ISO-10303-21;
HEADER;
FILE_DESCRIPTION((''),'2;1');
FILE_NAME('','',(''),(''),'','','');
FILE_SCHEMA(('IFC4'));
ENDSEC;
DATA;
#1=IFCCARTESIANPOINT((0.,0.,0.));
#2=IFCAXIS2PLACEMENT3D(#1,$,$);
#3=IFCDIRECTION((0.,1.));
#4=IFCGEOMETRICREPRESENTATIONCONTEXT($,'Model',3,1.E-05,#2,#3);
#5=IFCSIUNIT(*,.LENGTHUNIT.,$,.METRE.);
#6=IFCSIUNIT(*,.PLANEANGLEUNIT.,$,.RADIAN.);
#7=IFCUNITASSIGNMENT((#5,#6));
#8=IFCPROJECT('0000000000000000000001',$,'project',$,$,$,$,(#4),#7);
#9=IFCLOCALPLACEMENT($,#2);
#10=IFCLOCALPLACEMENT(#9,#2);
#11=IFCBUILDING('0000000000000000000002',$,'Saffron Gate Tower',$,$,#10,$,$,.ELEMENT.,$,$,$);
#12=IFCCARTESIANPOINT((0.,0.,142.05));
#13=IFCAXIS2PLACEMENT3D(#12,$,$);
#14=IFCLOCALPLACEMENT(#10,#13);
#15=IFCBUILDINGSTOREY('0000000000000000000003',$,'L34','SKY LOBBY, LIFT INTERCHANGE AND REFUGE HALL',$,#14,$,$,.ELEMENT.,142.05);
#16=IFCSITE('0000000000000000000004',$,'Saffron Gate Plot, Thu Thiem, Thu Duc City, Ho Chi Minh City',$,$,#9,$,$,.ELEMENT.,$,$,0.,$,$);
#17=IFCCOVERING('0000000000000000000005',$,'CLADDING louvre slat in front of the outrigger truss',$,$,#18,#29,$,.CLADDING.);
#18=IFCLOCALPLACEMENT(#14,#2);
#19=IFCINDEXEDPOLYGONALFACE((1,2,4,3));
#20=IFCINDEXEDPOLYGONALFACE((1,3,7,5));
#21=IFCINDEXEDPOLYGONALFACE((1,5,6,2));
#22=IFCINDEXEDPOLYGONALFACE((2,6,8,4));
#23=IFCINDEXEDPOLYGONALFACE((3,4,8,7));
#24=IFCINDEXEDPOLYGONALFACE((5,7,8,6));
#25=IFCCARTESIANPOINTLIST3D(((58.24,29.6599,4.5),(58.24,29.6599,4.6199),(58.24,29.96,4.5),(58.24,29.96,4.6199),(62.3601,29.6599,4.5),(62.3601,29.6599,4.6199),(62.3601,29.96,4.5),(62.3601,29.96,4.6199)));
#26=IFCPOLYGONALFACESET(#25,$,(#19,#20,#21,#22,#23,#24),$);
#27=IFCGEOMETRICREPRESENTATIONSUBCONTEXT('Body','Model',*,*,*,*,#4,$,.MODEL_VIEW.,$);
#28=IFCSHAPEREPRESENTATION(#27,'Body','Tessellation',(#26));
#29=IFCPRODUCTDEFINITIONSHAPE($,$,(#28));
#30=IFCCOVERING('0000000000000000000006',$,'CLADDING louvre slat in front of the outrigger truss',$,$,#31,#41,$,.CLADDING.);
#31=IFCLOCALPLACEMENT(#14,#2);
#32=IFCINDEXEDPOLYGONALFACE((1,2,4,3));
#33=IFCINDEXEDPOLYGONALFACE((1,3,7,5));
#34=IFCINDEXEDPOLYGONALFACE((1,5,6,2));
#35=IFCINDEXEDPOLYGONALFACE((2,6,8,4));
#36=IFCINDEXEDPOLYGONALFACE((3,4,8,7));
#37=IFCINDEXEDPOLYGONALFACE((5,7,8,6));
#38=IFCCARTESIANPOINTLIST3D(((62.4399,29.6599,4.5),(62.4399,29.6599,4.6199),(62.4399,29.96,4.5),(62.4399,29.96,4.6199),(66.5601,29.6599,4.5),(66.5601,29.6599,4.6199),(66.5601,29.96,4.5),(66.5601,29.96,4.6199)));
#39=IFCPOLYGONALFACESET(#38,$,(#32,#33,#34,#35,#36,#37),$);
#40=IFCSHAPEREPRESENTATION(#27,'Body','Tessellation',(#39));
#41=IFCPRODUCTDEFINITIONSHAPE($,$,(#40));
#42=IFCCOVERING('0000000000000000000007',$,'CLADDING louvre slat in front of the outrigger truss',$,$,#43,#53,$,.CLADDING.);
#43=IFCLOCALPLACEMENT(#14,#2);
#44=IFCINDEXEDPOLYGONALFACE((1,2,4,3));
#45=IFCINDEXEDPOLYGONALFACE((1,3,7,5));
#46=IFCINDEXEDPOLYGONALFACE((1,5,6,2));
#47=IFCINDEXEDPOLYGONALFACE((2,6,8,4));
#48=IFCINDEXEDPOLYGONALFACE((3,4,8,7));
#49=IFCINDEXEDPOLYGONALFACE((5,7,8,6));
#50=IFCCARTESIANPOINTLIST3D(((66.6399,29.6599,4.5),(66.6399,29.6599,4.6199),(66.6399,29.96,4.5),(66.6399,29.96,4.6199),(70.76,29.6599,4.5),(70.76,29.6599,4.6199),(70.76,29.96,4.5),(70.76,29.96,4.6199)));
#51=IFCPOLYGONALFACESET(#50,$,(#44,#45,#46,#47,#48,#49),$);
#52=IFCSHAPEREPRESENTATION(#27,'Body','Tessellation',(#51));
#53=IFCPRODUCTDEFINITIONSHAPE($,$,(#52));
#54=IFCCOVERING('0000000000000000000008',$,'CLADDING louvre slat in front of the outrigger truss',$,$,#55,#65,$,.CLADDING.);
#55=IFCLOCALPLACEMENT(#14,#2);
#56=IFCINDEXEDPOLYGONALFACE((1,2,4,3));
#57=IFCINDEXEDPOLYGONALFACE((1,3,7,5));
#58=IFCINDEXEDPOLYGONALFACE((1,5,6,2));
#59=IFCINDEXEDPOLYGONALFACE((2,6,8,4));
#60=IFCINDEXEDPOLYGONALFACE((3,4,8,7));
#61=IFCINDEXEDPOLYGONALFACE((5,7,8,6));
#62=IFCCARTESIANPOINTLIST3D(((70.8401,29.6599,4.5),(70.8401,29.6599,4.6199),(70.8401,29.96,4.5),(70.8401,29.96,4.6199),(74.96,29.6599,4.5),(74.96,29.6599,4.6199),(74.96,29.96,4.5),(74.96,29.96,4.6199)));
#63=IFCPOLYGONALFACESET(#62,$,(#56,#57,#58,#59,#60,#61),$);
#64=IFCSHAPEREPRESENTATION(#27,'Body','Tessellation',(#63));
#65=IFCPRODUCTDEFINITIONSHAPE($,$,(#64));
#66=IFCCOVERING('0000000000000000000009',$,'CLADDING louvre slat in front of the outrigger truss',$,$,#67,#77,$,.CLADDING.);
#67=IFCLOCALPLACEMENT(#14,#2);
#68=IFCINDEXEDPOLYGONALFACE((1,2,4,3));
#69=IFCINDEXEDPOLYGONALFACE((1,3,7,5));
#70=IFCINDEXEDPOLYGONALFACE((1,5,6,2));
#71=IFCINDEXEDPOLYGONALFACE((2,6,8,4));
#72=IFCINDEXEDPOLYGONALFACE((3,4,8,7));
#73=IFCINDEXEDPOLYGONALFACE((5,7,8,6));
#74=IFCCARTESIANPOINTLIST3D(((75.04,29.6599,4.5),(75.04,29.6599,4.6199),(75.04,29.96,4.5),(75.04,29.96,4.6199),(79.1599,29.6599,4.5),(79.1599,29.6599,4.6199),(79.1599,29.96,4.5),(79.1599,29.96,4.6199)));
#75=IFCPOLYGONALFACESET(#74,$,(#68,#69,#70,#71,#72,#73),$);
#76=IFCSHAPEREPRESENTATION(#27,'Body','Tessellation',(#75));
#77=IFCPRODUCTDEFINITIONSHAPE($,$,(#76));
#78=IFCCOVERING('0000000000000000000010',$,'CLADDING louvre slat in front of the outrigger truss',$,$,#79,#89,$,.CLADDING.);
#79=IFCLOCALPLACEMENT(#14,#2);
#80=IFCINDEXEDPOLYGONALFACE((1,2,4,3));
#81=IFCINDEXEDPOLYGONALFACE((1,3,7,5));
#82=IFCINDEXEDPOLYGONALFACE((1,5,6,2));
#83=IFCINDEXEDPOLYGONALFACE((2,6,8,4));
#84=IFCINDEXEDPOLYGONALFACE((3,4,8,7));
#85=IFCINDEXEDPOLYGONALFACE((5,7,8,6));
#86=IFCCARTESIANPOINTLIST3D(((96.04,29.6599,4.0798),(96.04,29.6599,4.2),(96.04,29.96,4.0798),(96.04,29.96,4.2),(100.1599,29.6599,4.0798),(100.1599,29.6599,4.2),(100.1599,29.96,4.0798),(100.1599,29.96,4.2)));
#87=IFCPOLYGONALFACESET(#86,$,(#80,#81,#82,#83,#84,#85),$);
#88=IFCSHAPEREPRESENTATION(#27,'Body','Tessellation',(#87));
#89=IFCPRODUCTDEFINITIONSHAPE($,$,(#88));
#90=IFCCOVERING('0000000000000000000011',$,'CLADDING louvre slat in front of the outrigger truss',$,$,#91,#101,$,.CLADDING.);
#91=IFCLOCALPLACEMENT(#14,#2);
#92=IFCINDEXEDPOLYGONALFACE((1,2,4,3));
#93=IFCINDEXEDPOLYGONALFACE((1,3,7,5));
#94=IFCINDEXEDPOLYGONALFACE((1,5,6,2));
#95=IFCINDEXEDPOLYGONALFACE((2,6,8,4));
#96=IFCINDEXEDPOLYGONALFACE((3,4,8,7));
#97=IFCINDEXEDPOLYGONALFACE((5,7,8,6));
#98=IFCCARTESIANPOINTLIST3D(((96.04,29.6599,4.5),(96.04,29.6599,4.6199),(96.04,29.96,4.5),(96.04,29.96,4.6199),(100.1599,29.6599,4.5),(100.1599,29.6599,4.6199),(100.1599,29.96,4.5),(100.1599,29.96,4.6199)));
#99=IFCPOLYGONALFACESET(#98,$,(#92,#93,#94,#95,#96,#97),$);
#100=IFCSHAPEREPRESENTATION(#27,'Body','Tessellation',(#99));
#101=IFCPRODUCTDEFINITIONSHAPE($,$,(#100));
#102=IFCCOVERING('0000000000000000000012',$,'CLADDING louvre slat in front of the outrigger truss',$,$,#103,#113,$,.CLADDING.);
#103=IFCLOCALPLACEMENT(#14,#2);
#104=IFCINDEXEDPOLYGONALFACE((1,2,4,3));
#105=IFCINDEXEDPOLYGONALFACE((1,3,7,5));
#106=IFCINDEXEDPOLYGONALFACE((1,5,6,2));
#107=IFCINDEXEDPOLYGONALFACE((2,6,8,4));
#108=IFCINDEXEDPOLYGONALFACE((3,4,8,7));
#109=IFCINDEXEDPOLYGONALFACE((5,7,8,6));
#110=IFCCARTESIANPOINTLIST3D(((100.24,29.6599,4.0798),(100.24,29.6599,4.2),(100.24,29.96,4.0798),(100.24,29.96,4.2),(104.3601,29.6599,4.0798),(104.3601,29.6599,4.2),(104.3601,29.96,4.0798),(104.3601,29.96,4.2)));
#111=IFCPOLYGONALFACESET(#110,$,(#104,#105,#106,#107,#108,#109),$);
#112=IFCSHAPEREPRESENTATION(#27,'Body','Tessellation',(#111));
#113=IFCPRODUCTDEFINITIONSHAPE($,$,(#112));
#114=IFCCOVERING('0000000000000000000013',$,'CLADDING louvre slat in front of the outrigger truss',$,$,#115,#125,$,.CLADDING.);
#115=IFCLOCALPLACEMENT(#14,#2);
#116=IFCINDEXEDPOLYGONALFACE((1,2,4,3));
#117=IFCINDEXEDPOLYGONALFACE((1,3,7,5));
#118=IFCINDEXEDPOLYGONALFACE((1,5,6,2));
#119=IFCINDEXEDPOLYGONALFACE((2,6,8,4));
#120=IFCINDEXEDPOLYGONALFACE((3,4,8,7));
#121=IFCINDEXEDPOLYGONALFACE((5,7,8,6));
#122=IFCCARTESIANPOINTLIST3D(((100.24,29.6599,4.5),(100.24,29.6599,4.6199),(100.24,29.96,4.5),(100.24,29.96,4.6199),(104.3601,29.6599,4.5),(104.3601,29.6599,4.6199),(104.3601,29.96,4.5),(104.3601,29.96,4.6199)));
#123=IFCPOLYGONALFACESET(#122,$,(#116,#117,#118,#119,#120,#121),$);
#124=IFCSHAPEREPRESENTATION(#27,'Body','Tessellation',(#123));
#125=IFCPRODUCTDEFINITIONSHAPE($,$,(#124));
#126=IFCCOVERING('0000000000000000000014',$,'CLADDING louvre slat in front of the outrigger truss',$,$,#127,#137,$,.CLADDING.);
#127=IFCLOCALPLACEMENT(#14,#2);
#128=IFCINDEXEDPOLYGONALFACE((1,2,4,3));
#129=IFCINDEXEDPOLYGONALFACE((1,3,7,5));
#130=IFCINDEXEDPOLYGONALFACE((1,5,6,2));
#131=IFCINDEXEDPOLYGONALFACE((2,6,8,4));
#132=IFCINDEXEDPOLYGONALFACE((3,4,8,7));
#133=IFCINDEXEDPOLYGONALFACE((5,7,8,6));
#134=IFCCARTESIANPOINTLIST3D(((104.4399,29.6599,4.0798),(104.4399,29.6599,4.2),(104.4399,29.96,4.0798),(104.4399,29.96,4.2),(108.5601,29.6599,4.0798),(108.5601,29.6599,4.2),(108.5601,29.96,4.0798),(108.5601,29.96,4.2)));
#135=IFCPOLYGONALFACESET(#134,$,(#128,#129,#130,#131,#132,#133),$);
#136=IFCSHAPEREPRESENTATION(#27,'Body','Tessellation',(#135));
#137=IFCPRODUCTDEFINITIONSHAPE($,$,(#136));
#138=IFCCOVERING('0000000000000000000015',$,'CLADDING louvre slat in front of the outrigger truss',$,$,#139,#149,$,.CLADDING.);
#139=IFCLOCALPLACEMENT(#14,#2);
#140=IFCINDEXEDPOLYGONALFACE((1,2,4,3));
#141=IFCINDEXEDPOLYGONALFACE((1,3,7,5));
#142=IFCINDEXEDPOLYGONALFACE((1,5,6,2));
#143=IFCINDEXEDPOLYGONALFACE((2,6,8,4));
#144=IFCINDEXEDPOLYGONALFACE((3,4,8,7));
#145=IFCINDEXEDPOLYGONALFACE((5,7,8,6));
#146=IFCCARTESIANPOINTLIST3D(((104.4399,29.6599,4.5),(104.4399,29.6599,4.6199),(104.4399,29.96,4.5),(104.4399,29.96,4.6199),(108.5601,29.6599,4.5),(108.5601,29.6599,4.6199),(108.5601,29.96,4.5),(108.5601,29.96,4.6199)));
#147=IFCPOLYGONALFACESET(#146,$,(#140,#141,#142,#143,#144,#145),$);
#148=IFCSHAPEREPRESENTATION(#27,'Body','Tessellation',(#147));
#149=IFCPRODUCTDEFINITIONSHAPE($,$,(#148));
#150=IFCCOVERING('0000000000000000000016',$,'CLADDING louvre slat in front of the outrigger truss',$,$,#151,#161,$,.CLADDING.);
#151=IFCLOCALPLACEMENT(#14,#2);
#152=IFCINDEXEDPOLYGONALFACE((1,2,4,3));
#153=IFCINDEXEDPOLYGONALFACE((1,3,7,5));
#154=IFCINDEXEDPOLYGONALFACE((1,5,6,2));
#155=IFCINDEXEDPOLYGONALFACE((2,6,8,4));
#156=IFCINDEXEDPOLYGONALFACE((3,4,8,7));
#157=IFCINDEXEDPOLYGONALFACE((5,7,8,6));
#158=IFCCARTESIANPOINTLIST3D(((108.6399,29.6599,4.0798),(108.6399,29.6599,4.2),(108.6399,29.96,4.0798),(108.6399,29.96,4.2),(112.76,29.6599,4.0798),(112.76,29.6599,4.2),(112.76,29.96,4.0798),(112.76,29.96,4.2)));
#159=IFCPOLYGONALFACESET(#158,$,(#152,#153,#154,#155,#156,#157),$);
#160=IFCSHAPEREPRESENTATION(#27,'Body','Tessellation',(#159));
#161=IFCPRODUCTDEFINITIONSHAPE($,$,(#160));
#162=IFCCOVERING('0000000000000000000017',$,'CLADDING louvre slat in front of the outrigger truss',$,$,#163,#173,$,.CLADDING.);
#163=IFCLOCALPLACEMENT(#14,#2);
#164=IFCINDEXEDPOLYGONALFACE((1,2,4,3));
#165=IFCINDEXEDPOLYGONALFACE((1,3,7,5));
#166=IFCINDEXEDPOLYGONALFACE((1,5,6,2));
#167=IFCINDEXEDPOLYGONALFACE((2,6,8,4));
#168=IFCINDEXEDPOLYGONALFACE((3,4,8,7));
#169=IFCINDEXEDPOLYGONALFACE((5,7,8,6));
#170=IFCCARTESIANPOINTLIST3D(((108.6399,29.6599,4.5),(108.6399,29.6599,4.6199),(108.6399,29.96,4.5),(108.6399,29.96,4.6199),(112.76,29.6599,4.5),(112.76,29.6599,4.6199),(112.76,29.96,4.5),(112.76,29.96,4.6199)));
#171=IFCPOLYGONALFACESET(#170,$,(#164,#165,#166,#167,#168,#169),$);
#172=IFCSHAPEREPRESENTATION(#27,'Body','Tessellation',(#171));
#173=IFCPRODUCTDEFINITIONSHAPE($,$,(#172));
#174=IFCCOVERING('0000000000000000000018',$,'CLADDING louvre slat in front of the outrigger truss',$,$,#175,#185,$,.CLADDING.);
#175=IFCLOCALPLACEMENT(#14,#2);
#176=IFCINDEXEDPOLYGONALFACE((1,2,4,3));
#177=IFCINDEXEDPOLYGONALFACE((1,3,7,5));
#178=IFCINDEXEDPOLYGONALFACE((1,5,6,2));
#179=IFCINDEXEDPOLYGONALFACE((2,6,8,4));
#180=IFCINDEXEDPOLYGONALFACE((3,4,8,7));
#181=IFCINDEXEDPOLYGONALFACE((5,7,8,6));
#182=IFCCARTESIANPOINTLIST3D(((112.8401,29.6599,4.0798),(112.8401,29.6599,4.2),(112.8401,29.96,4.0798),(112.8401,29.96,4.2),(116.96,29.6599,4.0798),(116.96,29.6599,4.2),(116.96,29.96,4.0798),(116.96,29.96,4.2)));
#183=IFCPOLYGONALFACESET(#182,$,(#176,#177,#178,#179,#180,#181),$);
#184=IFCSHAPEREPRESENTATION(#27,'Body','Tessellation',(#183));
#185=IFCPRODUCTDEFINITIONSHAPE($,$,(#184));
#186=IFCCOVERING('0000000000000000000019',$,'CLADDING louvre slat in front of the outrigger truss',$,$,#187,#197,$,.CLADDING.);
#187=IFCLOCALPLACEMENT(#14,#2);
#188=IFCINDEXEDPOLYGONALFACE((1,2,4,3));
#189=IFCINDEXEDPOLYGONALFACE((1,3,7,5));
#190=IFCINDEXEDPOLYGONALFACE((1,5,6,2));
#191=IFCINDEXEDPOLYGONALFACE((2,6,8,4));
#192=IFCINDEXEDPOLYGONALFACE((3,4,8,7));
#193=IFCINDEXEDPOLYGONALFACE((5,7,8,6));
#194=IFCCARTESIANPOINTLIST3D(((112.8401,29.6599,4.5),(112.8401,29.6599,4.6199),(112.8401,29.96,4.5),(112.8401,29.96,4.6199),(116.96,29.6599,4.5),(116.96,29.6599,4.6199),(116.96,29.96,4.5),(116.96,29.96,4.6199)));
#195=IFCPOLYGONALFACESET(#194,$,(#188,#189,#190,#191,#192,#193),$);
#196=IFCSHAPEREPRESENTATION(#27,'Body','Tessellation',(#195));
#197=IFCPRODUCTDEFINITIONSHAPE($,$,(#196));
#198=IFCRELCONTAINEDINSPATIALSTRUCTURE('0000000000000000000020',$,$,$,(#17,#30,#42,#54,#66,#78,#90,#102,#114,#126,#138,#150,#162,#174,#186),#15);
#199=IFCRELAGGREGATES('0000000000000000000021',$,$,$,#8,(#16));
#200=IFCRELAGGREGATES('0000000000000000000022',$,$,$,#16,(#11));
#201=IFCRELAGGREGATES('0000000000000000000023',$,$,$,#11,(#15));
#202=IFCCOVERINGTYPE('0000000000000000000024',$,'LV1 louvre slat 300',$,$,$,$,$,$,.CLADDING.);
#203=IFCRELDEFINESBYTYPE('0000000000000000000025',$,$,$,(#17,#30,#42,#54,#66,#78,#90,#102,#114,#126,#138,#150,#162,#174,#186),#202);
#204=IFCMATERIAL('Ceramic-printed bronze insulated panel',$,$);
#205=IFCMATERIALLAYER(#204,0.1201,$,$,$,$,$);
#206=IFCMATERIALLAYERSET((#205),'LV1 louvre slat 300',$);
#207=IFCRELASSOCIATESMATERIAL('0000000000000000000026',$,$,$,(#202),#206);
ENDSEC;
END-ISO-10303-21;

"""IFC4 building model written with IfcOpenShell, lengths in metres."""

from ifc_helpers import new_model, si_unit, direction, frame, origin, place, context, subcontext, project, spatial, polyline, outline, extrude, material, layer, layer_set, type_object, element, save


model = new_model("IFC4")

# Units and contexts
model_context = context("Model", 3, precision=1e-05, world=origin(), true_north=direction((0.0, 1.0)))
body_context = subcontext(model_context, "Body", "Model", "MODEL_VIEW")
ifc_project = project(units=[si_unit("LENGTHUNIT", "METRE"), si_unit("PLANEANGLEUNIT", "RADIAN")], contexts=[model_context])

# Site, building, storey
site_placement = place(None, origin())
site = spatial("IfcSite", under=ifc_project, at=site_placement, Name="Saffron Gate Plot, Thu Thiem, Thu Duc City, Ho Chi Minh City", CompositionType="ELEMENT", RefElevation=0.0)
building_placement = place(site_placement, origin())
building = spatial("IfcBuilding", under=site, at=building_placement, Name="Saffron Gate Tower", CompositionType="ELEMENT")
storey_placement = place(building_placement, frame((0.0, 0.0, 142.05)))
storey = spatial("IfcBuildingStorey", under=building, at=storey_placement, Name="L34", Description="SKY LOBBY, LIFT INTERCHANGE AND REFUGE HALL", CompositionType="ELEMENT", Elevation=142.05)

# Coverings
ifc_material = material(Name="Ceramic-printed bronze insulated panel")
ifc_layer = layer(ifc_material, 0.1201)
ifc_layer_set = layer_set([ifc_layer], Name="LV1 louvre slat 300")
covering_type = type_object("IfcCoveringType", Name="LV1 louvre slat 300", PredefinedType="CLADDING", material=ifc_layer_set)
covering_1_placement = place(storey_placement, frame((0.0, 0.0, 4.5)))
element("IfcCovering", 1, at=covering_1_placement, inside=storey, type_object=covering_type, Name="CLADDING louvre slat in front of the outrigger truss", PredefinedType="CLADDING", context=body_context, shape_type="SweptSolid", body=[
    extrude(outline(polyline([(58.24, 29.6599), (62.3601, 29.6599), (62.3601, 29.96), (58.24, 29.96), (58.24, 29.6599)])), origin(), (0.0, 0.0, 1.0), 0.1199),
])
covering_2_placement = place(storey_placement, frame((0.0, 0.0, 4.5)))
element("IfcCovering", 2, at=covering_2_placement, inside=storey, type_object=covering_type, Name="CLADDING louvre slat in front of the outrigger truss", PredefinedType="CLADDING", context=body_context, shape_type="SweptSolid", body=[
    extrude(outline(polyline([(62.4399, 29.6599), (66.5601, 29.6599), (66.5601, 29.96), (62.4399, 29.96), (62.4399, 29.6599)])), origin(), (0.0, 0.0, 1.0), 0.1199),
])
covering_3_placement = place(storey_placement, frame((0.0, 0.0, 4.5)))
element("IfcCovering", 3, at=covering_3_placement, inside=storey, type_object=covering_type, Name="CLADDING louvre slat in front of the outrigger truss", PredefinedType="CLADDING", context=body_context, shape_type="SweptSolid", body=[
    extrude(outline(polyline([(66.6399, 29.6599), (70.76, 29.6599), (70.76, 29.96), (66.6399, 29.96), (66.6399, 29.6599)])), origin(), (0.0, 0.0, 1.0), 0.1199),
])
covering_4_placement = place(storey_placement, frame((0.0, 0.0, 4.5)))
element("IfcCovering", 4, at=covering_4_placement, inside=storey, type_object=covering_type, Name="CLADDING louvre slat in front of the outrigger truss", PredefinedType="CLADDING", context=body_context, shape_type="SweptSolid", body=[
    extrude(outline(polyline([(70.8401, 29.6599), (74.96, 29.6599), (74.96, 29.96), (70.8401, 29.96), (70.8401, 29.6599)])), origin(), (0.0, 0.0, 1.0), 0.1199),
])
covering_5_placement = place(storey_placement, frame((0.0, 0.0, 4.5)))
element("IfcCovering", 5, at=covering_5_placement, inside=storey, type_object=covering_type, Name="CLADDING louvre slat in front of the outrigger truss", PredefinedType="CLADDING", context=body_context, shape_type="SweptSolid", body=[
    extrude(outline(polyline([(75.04, 29.6599), (79.1599, 29.6599), (79.1599, 29.96), (75.04, 29.96), (75.04, 29.6599)])), origin(), (0.0, 0.0, 1.0), 0.1199),
])
covering_6_placement = place(storey_placement, frame((0.0, 0.0, 4.0798)))
element("IfcCovering", 6, at=covering_6_placement, inside=storey, type_object=covering_type, Name="CLADDING louvre slat in front of the outrigger truss", PredefinedType="CLADDING", context=body_context, shape_type="SweptSolid", body=[
    extrude(outline(polyline([(96.04, 29.6599), (100.1599, 29.6599), (100.1599, 29.96), (96.04, 29.96), (96.04, 29.6599)])), origin(), (0.0, 0.0, 1.0), 0.1201),
])
covering_7_placement = place(storey_placement, frame((0.0, 0.0, 4.5)))
element("IfcCovering", 7, at=covering_7_placement, inside=storey, type_object=covering_type, Name="CLADDING louvre slat in front of the outrigger truss", PredefinedType="CLADDING", context=body_context, shape_type="SweptSolid", body=[
    extrude(outline(polyline([(96.04, 29.6599), (100.1599, 29.6599), (100.1599, 29.96), (96.04, 29.96), (96.04, 29.6599)])), origin(), (0.0, 0.0, 1.0), 0.1199),
])
covering_8_placement = place(storey_placement, frame((0.0, 0.0, 4.0798)))
element("IfcCovering", 8, at=covering_8_placement, inside=storey, type_object=covering_type, Name="CLADDING louvre slat in front of the outrigger truss", PredefinedType="CLADDING", context=body_context, shape_type="SweptSolid", body=[
    extrude(outline(polyline([(100.24, 29.6599), (104.3601, 29.6599), (104.3601, 29.96), (100.24, 29.96), (100.24, 29.6599)])), origin(), (0.0, 0.0, 1.0), 0.1201),
])
covering_9_placement = place(storey_placement, frame((0.0, 0.0, 4.5)))
element("IfcCovering", 9, at=covering_9_placement, inside=storey, type_object=covering_type, Name="CLADDING louvre slat in front of the outrigger truss", PredefinedType="CLADDING", context=body_context, shape_type="SweptSolid", body=[
    extrude(outline(polyline([(100.24, 29.6599), (104.3601, 29.6599), (104.3601, 29.96), (100.24, 29.96), (100.24, 29.6599)])), origin(), (0.0, 0.0, 1.0), 0.1199),
])
covering_10_placement = place(storey_placement, frame((0.0, 0.0, 4.0798)))
element("IfcCovering", 10, at=covering_10_placement, inside=storey, type_object=covering_type, Name="CLADDING louvre slat in front of the outrigger truss", PredefinedType="CLADDING", context=body_context, shape_type="SweptSolid", body=[
    extrude(outline(polyline([(104.4399, 29.6599), (108.5601, 29.6599), (108.5601, 29.96), (104.4399, 29.96), (104.4399, 29.6599)])), origin(), (0.0, 0.0, 1.0), 0.1201),
])
covering_11_placement = place(storey_placement, frame((0.0, 0.0, 4.5)))
element("IfcCovering", 11, at=covering_11_placement, inside=storey, type_object=covering_type, Name="CLADDING louvre slat in front of the outrigger truss", PredefinedType="CLADDING", context=body_context, shape_type="SweptSolid", body=[
    extrude(outline(polyline([(104.4399, 29.6599), (108.5601, 29.6599), (108.5601, 29.96), (104.4399, 29.96), (104.4399, 29.6599)])), origin(), (0.0, 0.0, 1.0), 0.1199),
])
covering_12_placement = place(storey_placement, frame((0.0, 0.0, 4.0798)))
element("IfcCovering", 12, at=covering_12_placement, inside=storey, type_object=covering_type, Name="CLADDING louvre slat in front of the outrigger truss", PredefinedType="CLADDING", context=body_context, shape_type="SweptSolid", body=[
    extrude(outline(polyline([(108.6399, 29.6599), (112.76, 29.6599), (112.76, 29.96), (108.6399, 29.96), (108.6399, 29.6599)])), origin(), (0.0, 0.0, 1.0), 0.1201),
])
covering_13_placement = place(storey_placement, frame((0.0, 0.0, 4.5)))
element("IfcCovering", 13, at=covering_13_placement, inside=storey, type_object=covering_type, Name="CLADDING louvre slat in front of the outrigger truss", PredefinedType="CLADDING", context=body_context, shape_type="SweptSolid", body=[
    extrude(outline(polyline([(108.6399, 29.6599), (112.76, 29.6599), (112.76, 29.96), (108.6399, 29.96), (108.6399, 29.6599)])), origin(), (0.0, 0.0, 1.0), 0.1199),
])
covering_14_placement = place(storey_placement, frame((0.0, 0.0, 4.0798)))
element("IfcCovering", 14, at=covering_14_placement, inside=storey, type_object=covering_type, Name="CLADDING louvre slat in front of the outrigger truss", PredefinedType="CLADDING", context=body_context, shape_type="SweptSolid", body=[
    extrude(outline(polyline([(112.8401, 29.6599), (116.96, 29.6599), (116.96, 29.96), (112.8401, 29.96), (112.8401, 29.6599)])), origin(), (0.0, 0.0, 1.0), 0.1201),
])
covering_15_placement = place(storey_placement, frame((0.0, 0.0, 4.5)))
element("IfcCovering", 15, at=covering_15_placement, inside=storey, type_object=covering_type, Name="CLADDING louvre slat in front of the outrigger truss", PredefinedType="CLADDING", context=body_context, shape_type="SweptSolid", body=[
    extrude(outline(polyline([(112.8401, 29.6599), (116.96, 29.6599), (116.96, 29.96), (112.8401, 29.96), (112.8401, 29.6599)])), origin(), (0.0, 0.0, 1.0), 0.1199),
])

save(model, "model.ifc")
